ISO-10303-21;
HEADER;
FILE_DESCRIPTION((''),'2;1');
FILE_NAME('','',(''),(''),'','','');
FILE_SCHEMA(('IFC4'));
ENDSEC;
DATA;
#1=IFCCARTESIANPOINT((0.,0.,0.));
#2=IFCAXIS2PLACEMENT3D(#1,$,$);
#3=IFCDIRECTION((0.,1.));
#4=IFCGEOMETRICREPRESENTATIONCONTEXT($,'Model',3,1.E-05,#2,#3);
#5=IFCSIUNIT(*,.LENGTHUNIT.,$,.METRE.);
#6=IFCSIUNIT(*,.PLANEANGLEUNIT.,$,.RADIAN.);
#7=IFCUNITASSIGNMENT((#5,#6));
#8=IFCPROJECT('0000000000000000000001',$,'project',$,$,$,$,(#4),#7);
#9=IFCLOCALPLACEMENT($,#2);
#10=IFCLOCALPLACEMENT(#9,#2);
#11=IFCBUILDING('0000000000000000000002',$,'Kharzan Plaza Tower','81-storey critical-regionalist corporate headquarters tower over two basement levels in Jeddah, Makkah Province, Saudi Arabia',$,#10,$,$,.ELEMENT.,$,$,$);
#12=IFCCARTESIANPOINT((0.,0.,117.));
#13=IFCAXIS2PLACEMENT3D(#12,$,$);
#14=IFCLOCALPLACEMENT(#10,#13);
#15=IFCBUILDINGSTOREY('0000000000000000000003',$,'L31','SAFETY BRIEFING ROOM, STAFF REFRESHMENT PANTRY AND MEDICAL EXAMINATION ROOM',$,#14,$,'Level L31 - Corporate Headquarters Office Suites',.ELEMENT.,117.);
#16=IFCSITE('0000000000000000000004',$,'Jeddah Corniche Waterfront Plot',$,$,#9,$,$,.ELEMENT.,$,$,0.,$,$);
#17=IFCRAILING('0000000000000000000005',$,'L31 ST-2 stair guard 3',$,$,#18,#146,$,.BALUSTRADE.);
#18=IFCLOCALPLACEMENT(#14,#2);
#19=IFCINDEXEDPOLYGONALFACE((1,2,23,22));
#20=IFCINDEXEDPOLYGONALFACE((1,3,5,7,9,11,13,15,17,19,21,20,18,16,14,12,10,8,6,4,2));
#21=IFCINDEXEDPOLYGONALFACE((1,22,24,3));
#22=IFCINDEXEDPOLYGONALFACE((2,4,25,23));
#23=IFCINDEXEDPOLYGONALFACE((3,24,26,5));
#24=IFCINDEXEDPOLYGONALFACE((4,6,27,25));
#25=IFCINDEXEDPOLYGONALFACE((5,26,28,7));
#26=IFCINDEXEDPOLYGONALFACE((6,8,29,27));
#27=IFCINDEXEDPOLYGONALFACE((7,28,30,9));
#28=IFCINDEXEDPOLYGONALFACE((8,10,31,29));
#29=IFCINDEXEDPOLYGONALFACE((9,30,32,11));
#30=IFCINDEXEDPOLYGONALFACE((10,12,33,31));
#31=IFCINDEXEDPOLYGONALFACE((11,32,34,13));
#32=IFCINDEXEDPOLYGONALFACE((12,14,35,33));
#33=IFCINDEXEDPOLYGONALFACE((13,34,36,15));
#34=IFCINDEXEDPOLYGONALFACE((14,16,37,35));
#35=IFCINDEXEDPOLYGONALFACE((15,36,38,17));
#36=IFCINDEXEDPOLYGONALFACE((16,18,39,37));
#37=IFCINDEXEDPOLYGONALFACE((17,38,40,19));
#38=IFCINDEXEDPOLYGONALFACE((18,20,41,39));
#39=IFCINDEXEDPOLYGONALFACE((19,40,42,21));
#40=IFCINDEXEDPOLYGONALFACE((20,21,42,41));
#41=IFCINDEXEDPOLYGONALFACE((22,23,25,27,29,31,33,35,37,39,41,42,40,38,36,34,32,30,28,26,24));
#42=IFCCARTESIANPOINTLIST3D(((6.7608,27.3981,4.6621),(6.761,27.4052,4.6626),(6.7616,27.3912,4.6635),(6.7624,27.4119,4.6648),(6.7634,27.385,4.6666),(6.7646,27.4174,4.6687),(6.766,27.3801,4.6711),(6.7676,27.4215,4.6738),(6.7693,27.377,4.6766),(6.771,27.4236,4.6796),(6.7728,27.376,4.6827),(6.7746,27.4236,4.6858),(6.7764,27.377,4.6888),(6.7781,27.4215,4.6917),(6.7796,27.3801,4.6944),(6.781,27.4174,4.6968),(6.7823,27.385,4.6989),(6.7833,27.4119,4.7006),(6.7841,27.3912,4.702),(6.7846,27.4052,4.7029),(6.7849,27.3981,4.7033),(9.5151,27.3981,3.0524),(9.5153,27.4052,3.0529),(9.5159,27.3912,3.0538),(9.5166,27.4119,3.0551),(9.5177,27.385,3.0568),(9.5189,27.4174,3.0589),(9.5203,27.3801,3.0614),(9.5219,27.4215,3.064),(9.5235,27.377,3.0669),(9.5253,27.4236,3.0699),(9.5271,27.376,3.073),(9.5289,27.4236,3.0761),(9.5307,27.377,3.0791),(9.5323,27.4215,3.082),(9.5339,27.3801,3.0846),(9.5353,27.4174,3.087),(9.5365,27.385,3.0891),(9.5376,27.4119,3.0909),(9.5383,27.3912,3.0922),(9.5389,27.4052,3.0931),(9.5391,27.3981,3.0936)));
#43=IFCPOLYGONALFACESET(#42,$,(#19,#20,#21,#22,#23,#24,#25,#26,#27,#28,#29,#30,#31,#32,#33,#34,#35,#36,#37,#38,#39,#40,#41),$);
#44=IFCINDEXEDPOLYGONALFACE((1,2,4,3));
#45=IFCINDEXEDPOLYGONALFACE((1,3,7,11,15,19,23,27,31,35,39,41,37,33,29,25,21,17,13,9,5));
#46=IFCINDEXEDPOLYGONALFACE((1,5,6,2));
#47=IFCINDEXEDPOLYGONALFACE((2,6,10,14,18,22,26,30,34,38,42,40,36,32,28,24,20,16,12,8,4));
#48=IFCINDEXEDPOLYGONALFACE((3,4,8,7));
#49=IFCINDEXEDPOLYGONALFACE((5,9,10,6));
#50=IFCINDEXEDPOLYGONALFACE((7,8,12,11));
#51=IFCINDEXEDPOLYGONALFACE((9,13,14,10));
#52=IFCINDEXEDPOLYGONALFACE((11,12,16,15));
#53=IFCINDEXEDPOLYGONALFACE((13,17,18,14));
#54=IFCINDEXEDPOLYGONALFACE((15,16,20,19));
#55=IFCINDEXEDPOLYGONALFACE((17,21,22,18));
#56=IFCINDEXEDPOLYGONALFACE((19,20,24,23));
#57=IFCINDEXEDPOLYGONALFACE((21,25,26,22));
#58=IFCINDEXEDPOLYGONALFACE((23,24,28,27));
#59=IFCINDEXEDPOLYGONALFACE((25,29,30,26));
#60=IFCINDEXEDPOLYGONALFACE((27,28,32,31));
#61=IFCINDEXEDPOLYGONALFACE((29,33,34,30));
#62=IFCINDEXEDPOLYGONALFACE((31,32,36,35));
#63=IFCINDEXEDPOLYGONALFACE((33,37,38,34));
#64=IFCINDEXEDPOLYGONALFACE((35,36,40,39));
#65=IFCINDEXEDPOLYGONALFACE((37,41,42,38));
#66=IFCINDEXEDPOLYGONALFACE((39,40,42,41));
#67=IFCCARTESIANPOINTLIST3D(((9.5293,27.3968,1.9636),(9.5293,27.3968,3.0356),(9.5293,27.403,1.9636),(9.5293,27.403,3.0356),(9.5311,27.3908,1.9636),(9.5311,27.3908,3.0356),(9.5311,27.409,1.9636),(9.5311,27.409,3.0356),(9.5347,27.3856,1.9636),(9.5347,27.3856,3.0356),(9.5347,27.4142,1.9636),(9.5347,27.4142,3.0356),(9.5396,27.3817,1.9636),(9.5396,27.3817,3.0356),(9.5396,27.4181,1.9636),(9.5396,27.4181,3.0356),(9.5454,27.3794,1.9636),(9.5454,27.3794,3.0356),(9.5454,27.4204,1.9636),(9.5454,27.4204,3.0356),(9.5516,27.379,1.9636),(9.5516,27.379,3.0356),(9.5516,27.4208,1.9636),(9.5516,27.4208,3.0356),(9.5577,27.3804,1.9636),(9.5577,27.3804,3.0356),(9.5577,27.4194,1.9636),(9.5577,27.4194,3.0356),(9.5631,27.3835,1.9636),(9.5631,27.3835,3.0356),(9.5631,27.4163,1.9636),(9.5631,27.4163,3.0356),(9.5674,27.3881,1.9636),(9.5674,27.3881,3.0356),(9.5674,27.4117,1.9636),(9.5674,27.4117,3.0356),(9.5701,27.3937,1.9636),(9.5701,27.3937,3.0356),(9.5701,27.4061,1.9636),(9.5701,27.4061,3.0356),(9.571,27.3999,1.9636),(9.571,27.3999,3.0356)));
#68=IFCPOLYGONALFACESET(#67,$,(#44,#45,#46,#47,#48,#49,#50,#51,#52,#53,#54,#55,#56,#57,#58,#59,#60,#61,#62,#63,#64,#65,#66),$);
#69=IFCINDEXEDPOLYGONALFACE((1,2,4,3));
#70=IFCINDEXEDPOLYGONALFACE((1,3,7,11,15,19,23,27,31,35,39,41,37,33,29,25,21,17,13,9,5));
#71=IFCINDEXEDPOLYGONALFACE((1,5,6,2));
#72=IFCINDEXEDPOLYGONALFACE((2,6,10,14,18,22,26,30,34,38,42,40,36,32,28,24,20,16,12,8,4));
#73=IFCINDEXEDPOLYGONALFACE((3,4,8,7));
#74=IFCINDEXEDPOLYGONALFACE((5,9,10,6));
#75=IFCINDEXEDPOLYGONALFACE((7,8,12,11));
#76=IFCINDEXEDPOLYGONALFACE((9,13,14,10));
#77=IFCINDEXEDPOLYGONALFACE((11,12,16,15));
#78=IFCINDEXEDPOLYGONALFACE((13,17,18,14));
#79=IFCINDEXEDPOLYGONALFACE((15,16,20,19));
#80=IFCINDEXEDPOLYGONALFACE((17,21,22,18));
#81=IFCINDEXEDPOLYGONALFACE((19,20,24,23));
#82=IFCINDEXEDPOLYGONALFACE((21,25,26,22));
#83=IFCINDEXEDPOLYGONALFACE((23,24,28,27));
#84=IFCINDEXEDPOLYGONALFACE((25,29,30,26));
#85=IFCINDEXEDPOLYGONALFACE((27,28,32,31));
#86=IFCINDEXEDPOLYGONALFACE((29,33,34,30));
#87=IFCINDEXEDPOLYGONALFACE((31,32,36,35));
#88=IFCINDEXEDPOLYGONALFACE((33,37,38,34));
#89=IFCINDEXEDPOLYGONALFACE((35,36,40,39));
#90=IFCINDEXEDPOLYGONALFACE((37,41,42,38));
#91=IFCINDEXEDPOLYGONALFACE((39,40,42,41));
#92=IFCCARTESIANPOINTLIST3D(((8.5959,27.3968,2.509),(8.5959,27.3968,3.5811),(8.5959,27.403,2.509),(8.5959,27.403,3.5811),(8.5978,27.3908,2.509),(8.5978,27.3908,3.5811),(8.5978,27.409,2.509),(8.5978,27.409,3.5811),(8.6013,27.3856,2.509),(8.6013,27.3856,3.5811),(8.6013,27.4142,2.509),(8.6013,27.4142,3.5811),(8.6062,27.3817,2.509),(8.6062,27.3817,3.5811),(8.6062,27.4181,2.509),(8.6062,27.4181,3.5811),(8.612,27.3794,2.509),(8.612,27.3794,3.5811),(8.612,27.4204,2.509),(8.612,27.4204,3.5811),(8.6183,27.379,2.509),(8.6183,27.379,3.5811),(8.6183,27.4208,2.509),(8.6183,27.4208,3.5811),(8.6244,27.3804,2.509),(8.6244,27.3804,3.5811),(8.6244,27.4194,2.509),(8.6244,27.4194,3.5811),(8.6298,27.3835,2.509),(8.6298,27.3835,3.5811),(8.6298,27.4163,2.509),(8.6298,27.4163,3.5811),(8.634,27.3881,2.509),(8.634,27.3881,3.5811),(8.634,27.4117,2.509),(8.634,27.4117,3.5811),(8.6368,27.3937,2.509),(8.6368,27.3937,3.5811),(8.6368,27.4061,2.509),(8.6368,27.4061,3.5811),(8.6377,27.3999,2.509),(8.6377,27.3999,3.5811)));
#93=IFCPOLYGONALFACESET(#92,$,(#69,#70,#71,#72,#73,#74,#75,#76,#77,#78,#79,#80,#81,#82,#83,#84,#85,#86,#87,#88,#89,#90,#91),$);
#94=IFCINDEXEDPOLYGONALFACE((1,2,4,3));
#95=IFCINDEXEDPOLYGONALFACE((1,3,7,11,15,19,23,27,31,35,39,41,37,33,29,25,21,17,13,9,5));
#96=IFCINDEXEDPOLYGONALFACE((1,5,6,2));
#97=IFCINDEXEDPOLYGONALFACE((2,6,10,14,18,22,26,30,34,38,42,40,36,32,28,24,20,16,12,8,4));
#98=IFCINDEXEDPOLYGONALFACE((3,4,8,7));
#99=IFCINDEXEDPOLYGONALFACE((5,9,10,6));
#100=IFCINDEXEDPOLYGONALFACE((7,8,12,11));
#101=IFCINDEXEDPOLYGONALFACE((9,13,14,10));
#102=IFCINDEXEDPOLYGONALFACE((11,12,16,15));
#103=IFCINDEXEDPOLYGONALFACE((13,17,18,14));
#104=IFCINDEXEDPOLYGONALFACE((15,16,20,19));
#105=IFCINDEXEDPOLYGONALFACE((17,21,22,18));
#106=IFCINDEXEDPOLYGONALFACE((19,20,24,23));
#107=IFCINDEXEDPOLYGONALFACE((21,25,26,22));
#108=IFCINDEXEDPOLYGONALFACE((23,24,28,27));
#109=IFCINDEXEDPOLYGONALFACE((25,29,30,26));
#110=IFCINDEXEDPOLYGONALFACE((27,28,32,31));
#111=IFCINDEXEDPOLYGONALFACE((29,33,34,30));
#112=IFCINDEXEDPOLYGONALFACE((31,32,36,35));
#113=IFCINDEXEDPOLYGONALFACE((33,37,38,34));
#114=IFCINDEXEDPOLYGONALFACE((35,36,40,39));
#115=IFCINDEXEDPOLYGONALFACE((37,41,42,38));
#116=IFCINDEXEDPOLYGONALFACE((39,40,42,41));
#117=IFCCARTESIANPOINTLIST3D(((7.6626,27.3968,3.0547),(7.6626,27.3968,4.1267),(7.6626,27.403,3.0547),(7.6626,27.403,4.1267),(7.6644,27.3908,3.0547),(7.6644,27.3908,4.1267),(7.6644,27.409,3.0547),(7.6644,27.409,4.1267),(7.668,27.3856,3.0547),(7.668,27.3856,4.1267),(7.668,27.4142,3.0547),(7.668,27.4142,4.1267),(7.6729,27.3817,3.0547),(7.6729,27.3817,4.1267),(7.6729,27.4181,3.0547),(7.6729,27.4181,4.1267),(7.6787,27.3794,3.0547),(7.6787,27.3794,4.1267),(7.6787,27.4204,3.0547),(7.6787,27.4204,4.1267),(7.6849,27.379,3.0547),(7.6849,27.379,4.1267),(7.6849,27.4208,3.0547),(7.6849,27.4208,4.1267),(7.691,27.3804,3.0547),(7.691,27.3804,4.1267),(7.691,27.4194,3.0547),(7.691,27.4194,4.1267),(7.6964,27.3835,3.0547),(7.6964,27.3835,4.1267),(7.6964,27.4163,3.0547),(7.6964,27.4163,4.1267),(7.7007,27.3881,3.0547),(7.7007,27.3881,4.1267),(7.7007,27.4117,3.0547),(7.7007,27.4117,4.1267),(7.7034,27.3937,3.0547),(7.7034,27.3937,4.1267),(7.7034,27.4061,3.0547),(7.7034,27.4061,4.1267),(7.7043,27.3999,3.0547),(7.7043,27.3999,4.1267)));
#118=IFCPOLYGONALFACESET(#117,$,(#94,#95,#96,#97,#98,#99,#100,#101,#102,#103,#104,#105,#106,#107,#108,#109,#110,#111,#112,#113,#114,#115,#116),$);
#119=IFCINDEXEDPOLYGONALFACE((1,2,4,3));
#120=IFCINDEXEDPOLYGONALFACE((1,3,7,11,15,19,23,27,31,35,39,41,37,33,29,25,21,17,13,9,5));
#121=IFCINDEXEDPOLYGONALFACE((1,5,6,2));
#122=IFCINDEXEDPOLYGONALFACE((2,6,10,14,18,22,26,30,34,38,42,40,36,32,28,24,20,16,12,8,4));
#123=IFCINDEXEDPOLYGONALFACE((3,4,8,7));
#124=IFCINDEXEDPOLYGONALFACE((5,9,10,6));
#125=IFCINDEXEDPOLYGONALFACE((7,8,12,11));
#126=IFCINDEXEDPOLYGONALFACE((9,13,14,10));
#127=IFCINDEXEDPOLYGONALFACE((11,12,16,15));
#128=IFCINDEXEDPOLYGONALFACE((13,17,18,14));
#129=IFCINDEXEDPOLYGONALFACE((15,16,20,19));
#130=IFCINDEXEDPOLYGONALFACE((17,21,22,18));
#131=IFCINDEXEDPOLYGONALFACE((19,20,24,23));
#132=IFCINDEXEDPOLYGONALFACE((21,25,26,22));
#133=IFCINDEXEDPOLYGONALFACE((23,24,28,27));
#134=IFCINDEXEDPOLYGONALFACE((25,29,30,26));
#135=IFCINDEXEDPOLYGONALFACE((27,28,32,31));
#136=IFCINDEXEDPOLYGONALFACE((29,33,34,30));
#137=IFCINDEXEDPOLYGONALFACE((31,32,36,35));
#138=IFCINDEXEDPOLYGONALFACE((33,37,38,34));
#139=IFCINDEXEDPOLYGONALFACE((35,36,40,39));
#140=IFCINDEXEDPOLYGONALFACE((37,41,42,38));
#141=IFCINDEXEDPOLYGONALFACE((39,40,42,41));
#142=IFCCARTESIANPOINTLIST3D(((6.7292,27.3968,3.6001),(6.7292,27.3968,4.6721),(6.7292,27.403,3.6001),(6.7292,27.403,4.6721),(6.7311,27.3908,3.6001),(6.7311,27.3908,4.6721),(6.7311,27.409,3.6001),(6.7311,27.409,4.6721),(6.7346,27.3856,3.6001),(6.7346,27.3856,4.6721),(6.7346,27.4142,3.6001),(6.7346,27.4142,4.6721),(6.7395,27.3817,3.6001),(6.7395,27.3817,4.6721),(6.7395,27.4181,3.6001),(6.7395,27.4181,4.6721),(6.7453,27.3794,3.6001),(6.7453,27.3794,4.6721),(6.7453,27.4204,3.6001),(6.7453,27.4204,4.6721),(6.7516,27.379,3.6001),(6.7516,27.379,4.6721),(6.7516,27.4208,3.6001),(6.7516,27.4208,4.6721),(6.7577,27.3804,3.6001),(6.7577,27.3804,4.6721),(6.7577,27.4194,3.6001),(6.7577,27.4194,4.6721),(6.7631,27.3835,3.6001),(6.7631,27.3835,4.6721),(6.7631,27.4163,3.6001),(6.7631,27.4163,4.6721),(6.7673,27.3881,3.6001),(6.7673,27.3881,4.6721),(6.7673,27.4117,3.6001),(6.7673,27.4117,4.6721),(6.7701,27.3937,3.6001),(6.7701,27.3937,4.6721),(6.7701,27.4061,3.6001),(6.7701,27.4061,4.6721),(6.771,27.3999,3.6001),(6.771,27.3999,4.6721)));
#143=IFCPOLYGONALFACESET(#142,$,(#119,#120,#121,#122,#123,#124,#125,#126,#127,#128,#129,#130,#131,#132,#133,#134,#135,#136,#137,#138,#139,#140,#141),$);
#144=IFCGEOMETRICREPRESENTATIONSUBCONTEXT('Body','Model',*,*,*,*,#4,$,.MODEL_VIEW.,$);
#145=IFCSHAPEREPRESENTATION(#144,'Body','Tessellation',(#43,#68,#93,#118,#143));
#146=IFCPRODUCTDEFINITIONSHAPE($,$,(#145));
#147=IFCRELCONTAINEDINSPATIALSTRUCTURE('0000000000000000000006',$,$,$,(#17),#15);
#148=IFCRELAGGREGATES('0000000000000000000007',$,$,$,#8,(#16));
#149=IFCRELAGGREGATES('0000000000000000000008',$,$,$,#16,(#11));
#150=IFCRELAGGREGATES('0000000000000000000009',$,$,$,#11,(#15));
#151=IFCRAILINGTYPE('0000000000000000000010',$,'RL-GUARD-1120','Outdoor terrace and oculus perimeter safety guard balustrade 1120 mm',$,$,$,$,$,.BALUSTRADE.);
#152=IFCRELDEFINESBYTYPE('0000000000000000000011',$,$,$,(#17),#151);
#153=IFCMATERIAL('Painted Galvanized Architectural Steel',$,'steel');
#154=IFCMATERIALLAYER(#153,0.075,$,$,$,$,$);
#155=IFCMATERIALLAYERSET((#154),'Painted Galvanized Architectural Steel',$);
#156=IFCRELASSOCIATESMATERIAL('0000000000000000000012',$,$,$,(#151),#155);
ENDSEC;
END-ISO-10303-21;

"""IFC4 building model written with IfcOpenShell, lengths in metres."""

from ifc_helpers import new_model, si_unit, direction, frame, origin, origin_2d, place, context, subcontext, project, spatial, circle, extrude, source, transform, mapped, material, layer, layer_set, type_object, element, save


model = new_model("IFC4")

# Units and contexts
model_context = context("Model", 3, precision=1e-05, world=origin(), true_north=direction((0.0, 1.0)))
body_context = subcontext(model_context, "Body", "Model", "MODEL_VIEW")
ifc_project = project(units=[si_unit("LENGTHUNIT", "METRE"), si_unit("PLANEANGLEUNIT", "RADIAN")], contexts=[model_context])

# Site, building, storey
site_placement = place(None, origin())
site = spatial("IfcSite", under=ifc_project, at=site_placement, Name="Jeddah Corniche Waterfront Plot", CompositionType="ELEMENT", RefElevation=0.0)
building_placement = place(site_placement, origin())
building = spatial("IfcBuilding", under=site, at=building_placement, Name="Kharzan Plaza Tower", Description="81-storey critical-regionalist corporate headquarters tower over two basement levels in Jeddah, Makkah Province, Saudi Arabia", CompositionType="ELEMENT")
storey_placement = place(building_placement, frame((0.0, 0.0, 117.0)))
storey = spatial("IfcBuildingStorey", under=building, at=storey_placement, Name="L31", Description="SAFETY BRIEFING ROOM, STAFF REFRESHMENT PANTRY AND MEDICAL EXAMINATION ROOM", LongName="Level L31 - Corporate Headquarters Office Suites", CompositionType="ELEMENT", Elevation=117.0)

# Railing
ifc_material_1 = material(Name="Painted Galvanized Architectural Steel", Category="steel")
ifc_layer_1 = layer(ifc_material_1, 0.075)
ifc_layer_set_1 = layer_set([ifc_layer_1], Name="Painted Galvanized Architectural Steel")
railing_type_1 = type_object("IfcRailingType", Name="RL-GUARD-1120", Description="Outdoor terrace and oculus perimeter safety guard balustrade 1120 mm", PredefinedType="BALUSTRADE", material=ifc_layer_set_1)
shared_shape_1 = source(origin(), body_context, "Body", "SweptSolid", [
    extrude(circle(Radius=0.0239, at=origin_2d()), frame((-0.0229, 0.0, 1.1094), z_axis=(-0.863361, 0.0, 0.504587), x_axis=(0.0, -1.0, 0.0)), (0.0, 0.0, 1.0), 3.1902),
    extrude(circle(Radius=0.021, at=origin_2d()), origin(), (0.0, 0.0, 1.0), 1.072),
    extrude(circle(Radius=0.021, at=origin_2d()), frame((-0.9333, 0.0, 0.5454)), (0.0, 0.0, 1.0), 1.072),
    extrude(circle(Radius=0.021, at=origin_2d()), frame((-1.8667, 0.0, 1.0911)), (0.0, 0.0, 1.0), 1.072),
    extrude(circle(Radius=0.021, at=origin_2d()), frame((-2.8, 0.0, 1.6365)), (0.0, 0.0, 1.0), 1.072),
])
railing_1_placement = place(storey_placement, frame((9.55, 27.3999, 1.9636)))
element("IfcRailing", 1, at=railing_1_placement, inside=storey, type_object=railing_type_1, Name="L31 ST-2 stair guard 3", PredefinedType="BALUSTRADE", context=body_context, shape_type="MappedRepresentation", body=[
    mapped(shared_shape_1, transform((0.0, 0.0, 0.0), x_axis=(1.0, 0.0, 0.0), y_axis=(0.0, 1.0, 0.0), z_axis=(0.0, 0.0, 1.0))),
])

save(model, "model.ifc")
